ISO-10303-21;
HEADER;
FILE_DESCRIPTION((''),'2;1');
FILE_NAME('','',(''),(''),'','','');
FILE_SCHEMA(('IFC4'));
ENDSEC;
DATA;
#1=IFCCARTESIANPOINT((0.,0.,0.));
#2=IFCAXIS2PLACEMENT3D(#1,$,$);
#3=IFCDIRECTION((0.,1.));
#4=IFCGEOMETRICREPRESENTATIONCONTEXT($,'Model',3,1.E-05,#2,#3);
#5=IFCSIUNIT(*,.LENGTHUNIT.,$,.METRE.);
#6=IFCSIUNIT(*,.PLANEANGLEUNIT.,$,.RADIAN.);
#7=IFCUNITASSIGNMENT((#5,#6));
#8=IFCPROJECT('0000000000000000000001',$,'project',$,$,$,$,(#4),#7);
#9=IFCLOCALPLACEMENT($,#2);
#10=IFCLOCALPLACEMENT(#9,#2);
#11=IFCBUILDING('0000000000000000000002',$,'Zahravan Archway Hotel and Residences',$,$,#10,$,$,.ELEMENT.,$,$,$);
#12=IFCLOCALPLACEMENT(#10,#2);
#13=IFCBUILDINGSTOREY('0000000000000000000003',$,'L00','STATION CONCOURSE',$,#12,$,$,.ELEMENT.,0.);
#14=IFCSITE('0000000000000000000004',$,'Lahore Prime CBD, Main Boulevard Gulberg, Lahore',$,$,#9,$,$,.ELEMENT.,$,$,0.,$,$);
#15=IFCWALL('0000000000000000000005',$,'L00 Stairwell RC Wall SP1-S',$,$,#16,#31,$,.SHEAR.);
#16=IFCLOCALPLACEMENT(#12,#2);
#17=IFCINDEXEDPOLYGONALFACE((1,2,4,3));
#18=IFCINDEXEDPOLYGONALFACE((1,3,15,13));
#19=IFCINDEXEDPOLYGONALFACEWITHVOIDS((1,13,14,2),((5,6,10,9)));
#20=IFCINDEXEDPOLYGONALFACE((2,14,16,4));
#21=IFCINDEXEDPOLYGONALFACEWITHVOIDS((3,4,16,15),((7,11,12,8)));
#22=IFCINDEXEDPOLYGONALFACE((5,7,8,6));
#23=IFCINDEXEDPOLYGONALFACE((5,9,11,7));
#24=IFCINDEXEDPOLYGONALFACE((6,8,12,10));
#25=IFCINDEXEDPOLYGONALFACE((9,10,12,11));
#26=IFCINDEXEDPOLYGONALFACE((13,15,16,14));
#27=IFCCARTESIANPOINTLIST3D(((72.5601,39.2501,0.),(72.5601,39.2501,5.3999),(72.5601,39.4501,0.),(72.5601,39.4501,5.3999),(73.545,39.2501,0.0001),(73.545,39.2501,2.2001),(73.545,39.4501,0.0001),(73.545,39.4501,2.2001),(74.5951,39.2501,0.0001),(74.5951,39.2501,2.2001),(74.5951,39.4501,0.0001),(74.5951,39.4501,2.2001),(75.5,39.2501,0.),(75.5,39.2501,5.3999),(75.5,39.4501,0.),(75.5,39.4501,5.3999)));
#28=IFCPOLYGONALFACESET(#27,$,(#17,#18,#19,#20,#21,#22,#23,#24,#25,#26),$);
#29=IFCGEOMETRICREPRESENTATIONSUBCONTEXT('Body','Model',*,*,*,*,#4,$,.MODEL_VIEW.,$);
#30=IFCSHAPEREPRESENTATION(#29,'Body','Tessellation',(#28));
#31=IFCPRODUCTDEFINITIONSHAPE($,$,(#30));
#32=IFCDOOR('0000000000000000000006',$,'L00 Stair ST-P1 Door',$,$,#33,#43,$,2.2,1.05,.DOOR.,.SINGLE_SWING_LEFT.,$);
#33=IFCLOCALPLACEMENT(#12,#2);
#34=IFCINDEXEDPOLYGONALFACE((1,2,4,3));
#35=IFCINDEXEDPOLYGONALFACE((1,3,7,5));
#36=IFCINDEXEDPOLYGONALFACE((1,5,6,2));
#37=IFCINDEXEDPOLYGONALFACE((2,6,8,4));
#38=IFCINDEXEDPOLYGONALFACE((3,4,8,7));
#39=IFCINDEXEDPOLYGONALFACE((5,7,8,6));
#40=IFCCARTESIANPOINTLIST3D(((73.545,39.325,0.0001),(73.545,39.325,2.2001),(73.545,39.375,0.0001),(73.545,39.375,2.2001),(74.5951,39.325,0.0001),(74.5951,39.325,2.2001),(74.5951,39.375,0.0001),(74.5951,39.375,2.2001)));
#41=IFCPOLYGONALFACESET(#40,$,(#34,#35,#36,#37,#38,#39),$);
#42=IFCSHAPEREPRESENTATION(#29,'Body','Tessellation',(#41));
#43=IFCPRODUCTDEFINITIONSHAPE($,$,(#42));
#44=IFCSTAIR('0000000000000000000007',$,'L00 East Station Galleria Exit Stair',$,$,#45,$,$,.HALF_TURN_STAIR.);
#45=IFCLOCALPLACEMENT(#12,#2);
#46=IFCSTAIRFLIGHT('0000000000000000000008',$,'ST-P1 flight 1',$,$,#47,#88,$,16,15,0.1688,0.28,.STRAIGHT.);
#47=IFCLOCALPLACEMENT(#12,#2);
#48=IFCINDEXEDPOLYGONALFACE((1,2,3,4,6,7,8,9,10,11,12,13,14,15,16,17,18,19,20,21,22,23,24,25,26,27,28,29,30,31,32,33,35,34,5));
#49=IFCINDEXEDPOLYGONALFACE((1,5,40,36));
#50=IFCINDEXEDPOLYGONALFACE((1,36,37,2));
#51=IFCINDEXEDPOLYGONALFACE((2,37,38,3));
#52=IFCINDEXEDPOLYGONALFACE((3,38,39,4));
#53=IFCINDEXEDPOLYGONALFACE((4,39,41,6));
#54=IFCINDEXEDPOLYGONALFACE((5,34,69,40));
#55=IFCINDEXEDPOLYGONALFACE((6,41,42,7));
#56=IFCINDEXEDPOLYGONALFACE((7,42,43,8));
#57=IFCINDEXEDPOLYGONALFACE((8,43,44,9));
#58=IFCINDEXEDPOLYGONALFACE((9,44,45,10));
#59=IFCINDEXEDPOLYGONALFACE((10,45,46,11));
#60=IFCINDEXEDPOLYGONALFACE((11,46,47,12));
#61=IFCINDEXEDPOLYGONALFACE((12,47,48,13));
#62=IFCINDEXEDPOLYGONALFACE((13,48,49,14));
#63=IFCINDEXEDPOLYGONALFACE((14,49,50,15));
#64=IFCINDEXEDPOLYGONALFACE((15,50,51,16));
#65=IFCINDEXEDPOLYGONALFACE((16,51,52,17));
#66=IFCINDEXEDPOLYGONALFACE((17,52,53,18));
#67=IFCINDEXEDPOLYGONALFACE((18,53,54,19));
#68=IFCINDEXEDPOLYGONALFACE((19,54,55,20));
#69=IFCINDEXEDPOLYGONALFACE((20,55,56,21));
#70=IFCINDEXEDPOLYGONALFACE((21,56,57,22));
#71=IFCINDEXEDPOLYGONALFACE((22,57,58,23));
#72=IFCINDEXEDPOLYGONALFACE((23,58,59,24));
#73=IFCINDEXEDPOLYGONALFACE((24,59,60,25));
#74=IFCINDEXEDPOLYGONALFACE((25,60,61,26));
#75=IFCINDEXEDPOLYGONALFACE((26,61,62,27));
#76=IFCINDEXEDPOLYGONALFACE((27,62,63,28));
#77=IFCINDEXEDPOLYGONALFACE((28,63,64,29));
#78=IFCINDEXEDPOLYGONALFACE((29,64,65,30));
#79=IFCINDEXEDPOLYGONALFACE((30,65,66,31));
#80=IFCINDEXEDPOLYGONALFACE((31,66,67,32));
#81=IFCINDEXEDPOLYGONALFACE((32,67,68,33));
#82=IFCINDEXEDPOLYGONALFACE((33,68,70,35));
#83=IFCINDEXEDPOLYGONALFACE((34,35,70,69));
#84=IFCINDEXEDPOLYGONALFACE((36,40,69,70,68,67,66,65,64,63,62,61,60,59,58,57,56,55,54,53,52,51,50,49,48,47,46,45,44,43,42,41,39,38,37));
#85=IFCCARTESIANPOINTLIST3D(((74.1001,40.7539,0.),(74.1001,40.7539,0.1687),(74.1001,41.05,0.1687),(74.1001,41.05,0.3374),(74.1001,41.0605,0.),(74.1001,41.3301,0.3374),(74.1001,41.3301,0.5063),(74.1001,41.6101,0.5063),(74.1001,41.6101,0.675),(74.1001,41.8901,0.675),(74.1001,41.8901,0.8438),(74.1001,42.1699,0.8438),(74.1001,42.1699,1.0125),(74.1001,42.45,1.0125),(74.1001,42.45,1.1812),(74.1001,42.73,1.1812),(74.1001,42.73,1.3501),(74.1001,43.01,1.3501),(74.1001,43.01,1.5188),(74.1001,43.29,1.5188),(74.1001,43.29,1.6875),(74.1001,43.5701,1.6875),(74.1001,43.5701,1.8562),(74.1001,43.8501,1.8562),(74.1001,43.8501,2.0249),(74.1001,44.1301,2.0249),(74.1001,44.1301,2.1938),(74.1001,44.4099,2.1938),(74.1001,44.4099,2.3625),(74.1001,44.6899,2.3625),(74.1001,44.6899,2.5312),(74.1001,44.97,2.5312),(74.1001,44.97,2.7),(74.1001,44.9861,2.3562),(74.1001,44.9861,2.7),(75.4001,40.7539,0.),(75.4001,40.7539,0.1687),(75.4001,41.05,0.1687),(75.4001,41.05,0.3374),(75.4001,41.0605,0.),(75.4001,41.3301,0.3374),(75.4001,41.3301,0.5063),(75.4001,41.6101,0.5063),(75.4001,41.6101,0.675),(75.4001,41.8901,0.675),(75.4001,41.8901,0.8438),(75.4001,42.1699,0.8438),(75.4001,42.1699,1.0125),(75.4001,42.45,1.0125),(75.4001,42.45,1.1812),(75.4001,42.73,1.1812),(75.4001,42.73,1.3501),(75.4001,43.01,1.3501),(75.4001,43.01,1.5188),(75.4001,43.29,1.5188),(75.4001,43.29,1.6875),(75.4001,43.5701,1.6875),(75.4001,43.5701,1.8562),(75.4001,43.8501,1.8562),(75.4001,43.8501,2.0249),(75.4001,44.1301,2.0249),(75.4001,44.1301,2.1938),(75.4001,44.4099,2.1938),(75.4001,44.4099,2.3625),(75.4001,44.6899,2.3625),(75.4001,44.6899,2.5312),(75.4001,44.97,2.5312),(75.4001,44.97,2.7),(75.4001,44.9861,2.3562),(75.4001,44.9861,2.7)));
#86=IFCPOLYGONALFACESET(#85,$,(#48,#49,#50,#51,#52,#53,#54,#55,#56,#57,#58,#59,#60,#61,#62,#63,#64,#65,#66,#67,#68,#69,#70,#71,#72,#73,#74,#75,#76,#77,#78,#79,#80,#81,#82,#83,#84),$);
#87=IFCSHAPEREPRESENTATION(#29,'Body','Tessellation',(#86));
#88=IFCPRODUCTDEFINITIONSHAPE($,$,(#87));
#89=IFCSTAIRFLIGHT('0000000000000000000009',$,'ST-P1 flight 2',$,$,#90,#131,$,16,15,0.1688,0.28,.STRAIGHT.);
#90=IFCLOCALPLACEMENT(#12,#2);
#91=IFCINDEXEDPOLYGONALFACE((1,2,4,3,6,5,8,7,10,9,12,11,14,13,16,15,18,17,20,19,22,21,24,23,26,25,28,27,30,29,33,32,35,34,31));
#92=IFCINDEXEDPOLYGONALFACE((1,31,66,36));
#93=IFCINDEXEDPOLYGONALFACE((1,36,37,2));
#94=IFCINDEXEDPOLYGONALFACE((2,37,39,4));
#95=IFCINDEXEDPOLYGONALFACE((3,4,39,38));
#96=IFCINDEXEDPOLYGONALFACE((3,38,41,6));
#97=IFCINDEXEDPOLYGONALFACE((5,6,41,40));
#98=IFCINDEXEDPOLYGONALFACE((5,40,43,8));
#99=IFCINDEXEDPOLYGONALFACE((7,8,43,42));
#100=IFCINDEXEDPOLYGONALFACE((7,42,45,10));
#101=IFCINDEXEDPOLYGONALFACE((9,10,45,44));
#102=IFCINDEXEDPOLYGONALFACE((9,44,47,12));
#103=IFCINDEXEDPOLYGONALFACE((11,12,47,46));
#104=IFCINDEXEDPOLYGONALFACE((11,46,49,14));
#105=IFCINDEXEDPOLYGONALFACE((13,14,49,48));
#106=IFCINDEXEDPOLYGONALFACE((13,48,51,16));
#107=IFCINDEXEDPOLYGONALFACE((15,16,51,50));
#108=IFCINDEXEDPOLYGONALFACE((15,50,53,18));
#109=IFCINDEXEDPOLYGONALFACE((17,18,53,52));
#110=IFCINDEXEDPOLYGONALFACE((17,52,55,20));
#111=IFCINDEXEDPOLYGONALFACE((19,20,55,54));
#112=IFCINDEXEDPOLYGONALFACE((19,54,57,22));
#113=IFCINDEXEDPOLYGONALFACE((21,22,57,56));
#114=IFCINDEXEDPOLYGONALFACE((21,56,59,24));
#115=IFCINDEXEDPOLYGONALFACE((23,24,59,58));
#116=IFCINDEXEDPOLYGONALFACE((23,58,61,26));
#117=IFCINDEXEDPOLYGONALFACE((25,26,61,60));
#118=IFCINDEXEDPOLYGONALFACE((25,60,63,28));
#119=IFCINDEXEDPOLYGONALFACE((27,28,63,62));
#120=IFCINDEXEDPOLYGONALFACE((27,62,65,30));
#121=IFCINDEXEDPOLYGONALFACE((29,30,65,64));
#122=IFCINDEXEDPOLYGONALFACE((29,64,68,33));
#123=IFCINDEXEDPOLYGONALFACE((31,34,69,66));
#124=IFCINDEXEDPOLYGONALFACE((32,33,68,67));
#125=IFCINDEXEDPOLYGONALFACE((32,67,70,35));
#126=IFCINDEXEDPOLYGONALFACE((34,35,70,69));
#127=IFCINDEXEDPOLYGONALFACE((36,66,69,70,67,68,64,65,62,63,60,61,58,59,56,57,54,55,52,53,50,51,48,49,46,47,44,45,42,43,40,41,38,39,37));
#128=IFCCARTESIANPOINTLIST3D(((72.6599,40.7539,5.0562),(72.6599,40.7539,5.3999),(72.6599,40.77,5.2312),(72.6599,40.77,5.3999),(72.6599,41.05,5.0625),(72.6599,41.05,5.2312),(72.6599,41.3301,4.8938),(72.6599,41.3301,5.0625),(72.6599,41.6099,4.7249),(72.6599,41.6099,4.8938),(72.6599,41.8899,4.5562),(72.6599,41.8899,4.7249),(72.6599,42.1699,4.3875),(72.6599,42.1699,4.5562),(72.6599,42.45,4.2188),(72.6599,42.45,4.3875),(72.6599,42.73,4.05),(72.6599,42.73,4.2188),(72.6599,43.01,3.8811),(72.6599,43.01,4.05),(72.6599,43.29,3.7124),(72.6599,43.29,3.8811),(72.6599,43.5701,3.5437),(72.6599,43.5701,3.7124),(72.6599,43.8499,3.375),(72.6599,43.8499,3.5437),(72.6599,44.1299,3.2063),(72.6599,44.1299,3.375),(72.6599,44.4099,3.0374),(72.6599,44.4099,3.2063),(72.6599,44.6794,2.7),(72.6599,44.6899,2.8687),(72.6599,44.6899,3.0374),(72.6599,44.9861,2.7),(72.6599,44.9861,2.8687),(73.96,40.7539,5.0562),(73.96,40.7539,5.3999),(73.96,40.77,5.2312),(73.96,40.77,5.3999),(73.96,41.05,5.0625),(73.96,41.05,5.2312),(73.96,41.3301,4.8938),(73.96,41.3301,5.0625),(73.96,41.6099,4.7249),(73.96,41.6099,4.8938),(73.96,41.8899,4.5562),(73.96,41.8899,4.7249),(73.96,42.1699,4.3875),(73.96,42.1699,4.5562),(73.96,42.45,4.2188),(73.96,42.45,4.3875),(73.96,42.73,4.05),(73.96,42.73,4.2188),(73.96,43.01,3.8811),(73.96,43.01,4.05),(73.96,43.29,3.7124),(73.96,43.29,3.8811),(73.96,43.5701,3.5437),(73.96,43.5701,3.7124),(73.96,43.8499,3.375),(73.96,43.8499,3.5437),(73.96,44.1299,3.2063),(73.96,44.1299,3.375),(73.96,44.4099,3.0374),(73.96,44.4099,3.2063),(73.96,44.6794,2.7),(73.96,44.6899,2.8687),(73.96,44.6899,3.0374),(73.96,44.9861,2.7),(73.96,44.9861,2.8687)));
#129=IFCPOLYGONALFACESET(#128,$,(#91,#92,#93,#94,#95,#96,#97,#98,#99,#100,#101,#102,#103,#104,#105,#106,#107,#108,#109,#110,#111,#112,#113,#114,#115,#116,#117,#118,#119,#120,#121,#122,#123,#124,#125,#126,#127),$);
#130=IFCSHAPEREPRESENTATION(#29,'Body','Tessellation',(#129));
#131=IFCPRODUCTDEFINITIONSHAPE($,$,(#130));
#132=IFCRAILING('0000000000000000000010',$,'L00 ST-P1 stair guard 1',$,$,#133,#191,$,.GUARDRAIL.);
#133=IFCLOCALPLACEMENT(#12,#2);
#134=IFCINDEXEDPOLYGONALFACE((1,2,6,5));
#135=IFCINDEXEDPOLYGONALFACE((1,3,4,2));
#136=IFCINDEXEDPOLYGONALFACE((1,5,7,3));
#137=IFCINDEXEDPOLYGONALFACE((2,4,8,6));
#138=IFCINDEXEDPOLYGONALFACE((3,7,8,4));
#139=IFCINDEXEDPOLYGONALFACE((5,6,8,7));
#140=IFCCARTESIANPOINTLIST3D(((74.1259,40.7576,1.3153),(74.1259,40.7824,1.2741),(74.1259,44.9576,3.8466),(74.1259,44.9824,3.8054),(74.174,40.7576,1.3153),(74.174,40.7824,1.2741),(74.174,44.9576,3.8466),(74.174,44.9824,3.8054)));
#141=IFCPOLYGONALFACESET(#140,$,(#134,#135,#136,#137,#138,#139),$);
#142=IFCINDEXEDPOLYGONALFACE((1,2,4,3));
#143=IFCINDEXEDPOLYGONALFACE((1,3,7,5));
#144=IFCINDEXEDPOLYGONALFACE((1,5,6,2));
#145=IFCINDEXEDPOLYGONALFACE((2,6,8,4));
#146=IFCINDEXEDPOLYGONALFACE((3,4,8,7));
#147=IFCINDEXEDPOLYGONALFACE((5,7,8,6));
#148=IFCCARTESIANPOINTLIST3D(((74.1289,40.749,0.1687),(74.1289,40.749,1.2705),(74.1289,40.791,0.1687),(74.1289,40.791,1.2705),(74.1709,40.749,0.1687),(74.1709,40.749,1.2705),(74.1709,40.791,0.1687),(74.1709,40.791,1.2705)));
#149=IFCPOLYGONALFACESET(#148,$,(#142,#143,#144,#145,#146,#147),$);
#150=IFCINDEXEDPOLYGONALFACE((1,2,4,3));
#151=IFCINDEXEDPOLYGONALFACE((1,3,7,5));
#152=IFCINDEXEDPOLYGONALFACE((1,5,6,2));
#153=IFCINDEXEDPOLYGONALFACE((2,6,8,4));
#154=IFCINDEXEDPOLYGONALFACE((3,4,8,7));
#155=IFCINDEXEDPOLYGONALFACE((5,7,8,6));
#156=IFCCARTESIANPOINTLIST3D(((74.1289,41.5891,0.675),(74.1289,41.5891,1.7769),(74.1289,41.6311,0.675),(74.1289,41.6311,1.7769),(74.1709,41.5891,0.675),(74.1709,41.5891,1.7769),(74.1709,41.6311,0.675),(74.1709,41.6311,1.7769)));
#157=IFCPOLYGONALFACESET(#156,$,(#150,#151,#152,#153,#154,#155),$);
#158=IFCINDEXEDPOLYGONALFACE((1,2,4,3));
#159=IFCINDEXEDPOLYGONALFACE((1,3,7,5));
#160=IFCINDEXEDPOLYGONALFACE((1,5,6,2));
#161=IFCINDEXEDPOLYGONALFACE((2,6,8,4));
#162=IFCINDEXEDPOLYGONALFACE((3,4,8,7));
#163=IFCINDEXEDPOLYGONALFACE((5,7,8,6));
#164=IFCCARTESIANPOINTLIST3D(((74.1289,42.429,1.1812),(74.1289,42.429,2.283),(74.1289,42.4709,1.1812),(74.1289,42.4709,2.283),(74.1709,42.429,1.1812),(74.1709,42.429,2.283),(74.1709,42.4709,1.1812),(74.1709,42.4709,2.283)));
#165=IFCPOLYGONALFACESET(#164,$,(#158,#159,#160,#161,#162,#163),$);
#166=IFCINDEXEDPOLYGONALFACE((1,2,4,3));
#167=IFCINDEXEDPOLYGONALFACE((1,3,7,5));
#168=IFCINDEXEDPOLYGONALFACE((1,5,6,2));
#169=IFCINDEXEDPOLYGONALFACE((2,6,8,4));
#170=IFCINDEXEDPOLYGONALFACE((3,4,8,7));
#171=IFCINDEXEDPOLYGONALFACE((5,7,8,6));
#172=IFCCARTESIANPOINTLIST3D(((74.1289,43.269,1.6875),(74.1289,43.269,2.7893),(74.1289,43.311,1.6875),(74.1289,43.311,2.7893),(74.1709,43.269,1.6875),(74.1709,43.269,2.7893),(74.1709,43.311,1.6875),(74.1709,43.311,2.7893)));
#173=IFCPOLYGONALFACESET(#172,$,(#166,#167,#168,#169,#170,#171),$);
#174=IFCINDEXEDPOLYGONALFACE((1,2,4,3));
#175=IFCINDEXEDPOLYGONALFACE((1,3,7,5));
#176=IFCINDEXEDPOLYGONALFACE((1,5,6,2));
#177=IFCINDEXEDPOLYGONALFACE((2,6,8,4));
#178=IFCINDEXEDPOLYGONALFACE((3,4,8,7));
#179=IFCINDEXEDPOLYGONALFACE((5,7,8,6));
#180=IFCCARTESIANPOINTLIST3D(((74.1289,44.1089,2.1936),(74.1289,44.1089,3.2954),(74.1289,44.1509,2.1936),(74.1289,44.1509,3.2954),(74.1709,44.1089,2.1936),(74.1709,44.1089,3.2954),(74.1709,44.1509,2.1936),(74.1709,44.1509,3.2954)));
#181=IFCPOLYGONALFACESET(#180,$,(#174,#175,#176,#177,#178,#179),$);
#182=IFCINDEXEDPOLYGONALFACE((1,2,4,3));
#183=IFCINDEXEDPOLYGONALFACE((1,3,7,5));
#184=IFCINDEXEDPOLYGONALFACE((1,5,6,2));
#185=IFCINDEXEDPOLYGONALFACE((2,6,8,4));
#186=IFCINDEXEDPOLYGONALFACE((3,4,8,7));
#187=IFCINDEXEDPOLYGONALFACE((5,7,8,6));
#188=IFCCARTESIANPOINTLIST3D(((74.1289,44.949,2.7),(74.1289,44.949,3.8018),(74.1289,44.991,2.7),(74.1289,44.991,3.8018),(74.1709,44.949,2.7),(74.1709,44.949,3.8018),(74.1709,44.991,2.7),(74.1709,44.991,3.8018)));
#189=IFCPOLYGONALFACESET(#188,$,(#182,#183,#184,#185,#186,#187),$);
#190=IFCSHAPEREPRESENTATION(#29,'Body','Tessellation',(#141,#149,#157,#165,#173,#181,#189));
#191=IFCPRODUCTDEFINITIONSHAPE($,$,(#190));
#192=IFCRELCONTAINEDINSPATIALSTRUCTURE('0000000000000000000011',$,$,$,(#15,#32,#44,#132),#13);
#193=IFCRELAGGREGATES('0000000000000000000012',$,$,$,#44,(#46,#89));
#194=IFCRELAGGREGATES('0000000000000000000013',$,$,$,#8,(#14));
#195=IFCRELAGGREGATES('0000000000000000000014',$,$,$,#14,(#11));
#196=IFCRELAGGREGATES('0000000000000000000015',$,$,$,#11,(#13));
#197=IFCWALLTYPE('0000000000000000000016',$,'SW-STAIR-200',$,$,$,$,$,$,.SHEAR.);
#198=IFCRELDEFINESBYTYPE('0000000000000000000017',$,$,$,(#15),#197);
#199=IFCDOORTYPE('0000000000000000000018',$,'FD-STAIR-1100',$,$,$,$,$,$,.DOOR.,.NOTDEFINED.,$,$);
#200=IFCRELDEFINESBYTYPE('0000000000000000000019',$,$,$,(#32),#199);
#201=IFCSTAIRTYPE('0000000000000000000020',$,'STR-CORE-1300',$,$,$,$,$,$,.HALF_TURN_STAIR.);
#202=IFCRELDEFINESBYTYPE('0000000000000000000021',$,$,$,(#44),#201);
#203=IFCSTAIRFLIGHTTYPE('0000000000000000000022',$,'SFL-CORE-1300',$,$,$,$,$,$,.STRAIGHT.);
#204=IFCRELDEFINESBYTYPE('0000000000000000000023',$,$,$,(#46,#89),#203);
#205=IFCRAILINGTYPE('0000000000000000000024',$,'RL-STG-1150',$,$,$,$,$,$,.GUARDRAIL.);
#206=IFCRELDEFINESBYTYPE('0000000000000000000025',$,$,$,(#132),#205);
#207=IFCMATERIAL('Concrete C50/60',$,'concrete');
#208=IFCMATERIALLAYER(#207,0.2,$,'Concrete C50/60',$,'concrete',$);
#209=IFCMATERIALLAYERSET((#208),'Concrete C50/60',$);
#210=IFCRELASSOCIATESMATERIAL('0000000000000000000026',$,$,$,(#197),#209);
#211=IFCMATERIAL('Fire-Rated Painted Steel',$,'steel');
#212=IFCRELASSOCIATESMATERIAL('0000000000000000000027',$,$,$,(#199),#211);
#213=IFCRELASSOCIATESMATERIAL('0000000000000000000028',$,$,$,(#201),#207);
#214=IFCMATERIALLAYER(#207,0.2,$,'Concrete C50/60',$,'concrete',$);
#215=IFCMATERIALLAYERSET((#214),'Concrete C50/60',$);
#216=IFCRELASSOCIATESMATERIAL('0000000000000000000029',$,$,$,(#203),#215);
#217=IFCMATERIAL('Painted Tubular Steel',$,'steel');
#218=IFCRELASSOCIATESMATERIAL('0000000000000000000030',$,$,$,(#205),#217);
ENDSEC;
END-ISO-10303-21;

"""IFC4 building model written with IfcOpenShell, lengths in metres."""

from ifc_helpers import new_model, si_unit, direction, frame, frame_2d, origin, origin_2d, place, context, subcontext, project, spatial, polyline, rectangle, outline, extrude, source, transform, mapped, material, layer, layer_set, type_object, type_shapes, element, fill, aggregate, save


model = new_model("IFC4")

# Units and contexts
model_context = context("Model", 3, precision=1e-05, world=origin(), true_north=direction((0.0, 1.0)))
body_context = subcontext(model_context, "Body", "Model", "MODEL_VIEW")
ifc_project = project(units=[si_unit("LENGTHUNIT", "METRE"), si_unit("PLANEANGLEUNIT", "RADIAN")], contexts=[model_context])

# Site, building, storey
site_placement = place(None, origin())
site = spatial("IfcSite", under=ifc_project, at=site_placement, Name="Lahore Prime CBD, Main Boulevard Gulberg, Lahore", CompositionType="ELEMENT", RefElevation=0.0)
building_placement = place(site_placement, origin())
building = spatial("IfcBuilding", under=site, at=building_placement, Name="Zahravan Archway Hotel and Residences", CompositionType="ELEMENT")
storey_placement = place(building_placement, origin())
storey = spatial("IfcBuildingStorey", under=building, at=storey_placement, Name="L00", Description="STATION CONCOURSE", CompositionType="ELEMENT", Elevation=0.0)

# Shared definitions
ifc_material_1 = material(Name="Concrete C50/60", Category="concrete")
ifc_layer_1 = layer(ifc_material_1, 0.2, Name="Concrete C50/60", Category="concrete")
ifc_layer_set_1 = layer_set([ifc_layer_1], Name="Concrete C50/60")
wall_type_1 = type_object("IfcWallType", Name="SW-STAIR-200", PredefinedType="SHEAR", material=ifc_layer_set_1)

# Wall, opening, door
wall_1_placement = place(storey_placement, frame((72.5601, 39.3501, 0.0), z_axis=(0.0, 0.0, 1.0), x_axis=(1.0, 0.0, 0.0)))
wall_1 = element("IfcWall", 1, at=wall_1_placement, inside=storey, type_object=wall_type_1, Name="L00 Stairwell RC Wall SP1-S", PredefinedType="SHEAR", context=body_context, shape_type="SweptSolid", body=[
    extrude(rectangle(XDim=2.9399, YDim=0.2, at=frame_2d((1.47, 0.0))), origin(), (0.0, 0.0, 1.0), 5.3999),
])
opening_placement = place(wall_1_placement, frame((0.9851, 0.0, 0.0)))
opening = element("IfcOpeningElement", 2, at=opening_placement, cuts=wall_1, PredefinedType="OPENING", context=body_context, shape_type="SweptSolid", body=[
    extrude(rectangle(XDim=1.05, YDim=2.2, at=frame_2d((0.5249, 1.1001))), frame((0.0, 0.1099, 0.0), z_axis=(0.0, -1.0, 0.0), x_axis=(1.0, 0.0, 0.0)), (0.0, 0.0, 1.0), 0.22),
])
ifc_material_2 = material(Name="Fire-Rated Painted Steel", Category="steel")
door_type = type_object("IfcDoorType", Name="FD-STAIR-1100", OperationType="NOTDEFINED", PredefinedType="DOOR", material=ifc_material_2)
shared_shape_1 = source(origin(), body_context, "Body", "SweptSolid", [
    extrude(rectangle(XDim=1.05, YDim=2.2, at=frame_2d((0.5249, 1.1001))), frame((0.0, 0.0249, 0.0), z_axis=(0.0, -1.0, 0.0), x_axis=(1.0, 0.0, 0.0)), (0.0, 0.0, 1.0), 0.05),
])
type_shapes(door_type, [shared_shape_1])
door_placement = place(opening_placement, origin())
door = element("IfcDoor", 3, at=door_placement, inside=storey, type_object=door_type, Name="L00 Stair ST-P1 Door", OperationType="SINGLE_SWING_LEFT", OverallHeight=2.2, OverallWidth=1.05, PredefinedType="DOOR", context=body_context, shape_type="MappedRepresentation", body=[
    mapped(shared_shape_1, transform((0.0, 0.0, 0.0), scale=1.0)),
])
fill(opening, door)

# Stair, stair flights
stair_type = type_object("IfcStairType", Name="STR-CORE-1300", PredefinedType="HALF_TURN_STAIR", material=ifc_material_1)
stair_placement = place(storey_placement, origin())
stair = element("IfcStair", 4, at=stair_placement, inside=storey, type_object=stair_type, Name="L00 East Station Galleria Exit Stair", PredefinedType="HALF_TURN_STAIR")
ifc_layer_2 = layer(ifc_material_1, 0.2, Name="Concrete C50/60", Category="concrete")
ifc_layer_set_2 = layer_set([ifc_layer_2], Name="Concrete C50/60")
stair_flight_type = type_object("IfcStairFlightType", Name="SFL-CORE-1300", PredefinedType="STRAIGHT", material=ifc_layer_set_2)
shared_shape_2 = source(origin(), body_context, "Body", "SweptSolid", [
    extrude(outline(polyline([(-0.0161, 0.0), (-0.0161, 0.1687), (0.28, 0.1687), (0.28, 0.3374), (0.5601, 0.3374), (0.5601, 0.5063), (0.8401, 0.5063), (0.8401, 0.675), (1.1201, 0.675), (1.1201, 0.8438), (1.3999, 0.8438), (1.3999, 1.0125), (1.6799, 1.0125), (1.6799, 1.1812), (1.96, 1.1812), (1.96, 1.3501), (2.24, 1.3501), (2.24, 1.5188), (2.52, 1.5188), (2.52, 1.6875), (2.8, 1.6875), (2.8, 1.8562), (3.0801, 1.8562), (3.0801, 2.0249), (3.3601, 2.0249), (3.3601, 2.1938), (3.6399, 2.1938), (3.6399, 2.3625), (3.9199, 2.3625), (3.9199, 2.5312), (4.2, 2.5312), (4.2, 2.7), (4.2161, 2.7), (4.2161, 2.3562), (0.2905, 0.0), (-0.0161, 0.0)])), frame((0.0, 0.6499, 0.0), z_axis=(0.0, -1.0, 0.0), x_axis=(1.0, 0.0, 0.0)), (0.0, 0.0, 1.0), 1.3),
])
stair_flight_1_placement = place(storey_placement, frame((74.75, 40.77, 0.0), z_axis=(0.0, 0.0, 1.0), x_axis=(0.0, 1.0, 0.0)))
stair_flight_1 = element("IfcStairFlight", 5, at=stair_flight_1_placement, type_object=stair_flight_type, Name="ST-P1 flight 1", NumberOfRisers=16, NumberOfTreads=15, PredefinedType="STRAIGHT", RiserHeight=0.1688, TreadLength=0.28, context=body_context, shape_type="MappedRepresentation", body=[
    mapped(shared_shape_2, transform((0.0, 0.0, 0.0), scale=1.0)),
])
stair_flight_2_placement = place(storey_placement, frame((73.3101, 44.97, 2.7), z_axis=(0.0, 0.0, 1.0), x_axis=(0.0, -1.0, 0.0)))
stair_flight_2 = element("IfcStairFlight", 6, at=stair_flight_2_placement, type_object=stair_flight_type, Name="ST-P1 flight 2", NumberOfRisers=16, NumberOfTreads=15, PredefinedType="STRAIGHT", RiserHeight=0.1688, TreadLength=0.28, context=body_context, shape_type="MappedRepresentation", body=[
    mapped(shared_shape_2, transform((0.0, 0.0, 0.0), scale=1.0)),
])
aggregate(stair, [stair_flight_1, stair_flight_2])

# Railing
ifc_material_3 = material(Name="Painted Tubular Steel", Category="steel")
railing_type_1 = type_object("IfcRailingType", Name="RL-STG-1150", PredefinedType="GUARDRAIL", material=ifc_material_3)
railing_1_placement = place(storey_placement, frame((74.1499, 40.77, 0.1687)))
element("IfcRailing", 7, at=railing_1_placement, inside=storey, type_object=railing_type_1, Name="L00 ST-P1 stair guard 1", PredefinedType="GUARDRAIL", context=body_context, shape_type="SweptSolid", body=[
    extrude(rectangle(XDim=0.0481, YDim=0.0481, at=origin_2d()), frame((0.0, 0.0, 1.126), z_axis=(0.0, 0.856476, 0.516186), x_axis=(-1.0, 0.0, 0.0)), (0.0, 0.0, 1.0), 4.9038),
    extrude(rectangle(XDim=0.042, YDim=0.042, at=origin_2d()), origin(), (0.0, 0.0, 1.0), 1.1018),
    extrude(rectangle(XDim=0.042, YDim=0.042, at=origin_2d()), frame((0.0, 0.8401, 0.5063)), (0.0, 0.0, 1.0), 1.1018),
    extrude(rectangle(XDim=0.042, YDim=0.042, at=origin_2d()), frame((0.0, 1.6799, 1.0125)), (0.0, 0.0, 1.0), 1.1018),
    extrude(rectangle(XDim=0.042, YDim=0.042, at=origin_2d()), frame((0.0, 2.52, 1.5188)), (0.0, 0.0, 1.0), 1.1018),
    extrude(rectangle(XDim=0.042, YDim=0.042, at=origin_2d()), frame((0.0, 3.3599, 2.0249)), (0.0, 0.0, 1.0), 1.1018),
    extrude(rectangle(XDim=0.042, YDim=0.042, at=origin_2d()), frame((0.0, 4.2, 2.5312)), (0.0, 0.0, 1.0), 1.1018),
])

save(model, "model.ifc")
